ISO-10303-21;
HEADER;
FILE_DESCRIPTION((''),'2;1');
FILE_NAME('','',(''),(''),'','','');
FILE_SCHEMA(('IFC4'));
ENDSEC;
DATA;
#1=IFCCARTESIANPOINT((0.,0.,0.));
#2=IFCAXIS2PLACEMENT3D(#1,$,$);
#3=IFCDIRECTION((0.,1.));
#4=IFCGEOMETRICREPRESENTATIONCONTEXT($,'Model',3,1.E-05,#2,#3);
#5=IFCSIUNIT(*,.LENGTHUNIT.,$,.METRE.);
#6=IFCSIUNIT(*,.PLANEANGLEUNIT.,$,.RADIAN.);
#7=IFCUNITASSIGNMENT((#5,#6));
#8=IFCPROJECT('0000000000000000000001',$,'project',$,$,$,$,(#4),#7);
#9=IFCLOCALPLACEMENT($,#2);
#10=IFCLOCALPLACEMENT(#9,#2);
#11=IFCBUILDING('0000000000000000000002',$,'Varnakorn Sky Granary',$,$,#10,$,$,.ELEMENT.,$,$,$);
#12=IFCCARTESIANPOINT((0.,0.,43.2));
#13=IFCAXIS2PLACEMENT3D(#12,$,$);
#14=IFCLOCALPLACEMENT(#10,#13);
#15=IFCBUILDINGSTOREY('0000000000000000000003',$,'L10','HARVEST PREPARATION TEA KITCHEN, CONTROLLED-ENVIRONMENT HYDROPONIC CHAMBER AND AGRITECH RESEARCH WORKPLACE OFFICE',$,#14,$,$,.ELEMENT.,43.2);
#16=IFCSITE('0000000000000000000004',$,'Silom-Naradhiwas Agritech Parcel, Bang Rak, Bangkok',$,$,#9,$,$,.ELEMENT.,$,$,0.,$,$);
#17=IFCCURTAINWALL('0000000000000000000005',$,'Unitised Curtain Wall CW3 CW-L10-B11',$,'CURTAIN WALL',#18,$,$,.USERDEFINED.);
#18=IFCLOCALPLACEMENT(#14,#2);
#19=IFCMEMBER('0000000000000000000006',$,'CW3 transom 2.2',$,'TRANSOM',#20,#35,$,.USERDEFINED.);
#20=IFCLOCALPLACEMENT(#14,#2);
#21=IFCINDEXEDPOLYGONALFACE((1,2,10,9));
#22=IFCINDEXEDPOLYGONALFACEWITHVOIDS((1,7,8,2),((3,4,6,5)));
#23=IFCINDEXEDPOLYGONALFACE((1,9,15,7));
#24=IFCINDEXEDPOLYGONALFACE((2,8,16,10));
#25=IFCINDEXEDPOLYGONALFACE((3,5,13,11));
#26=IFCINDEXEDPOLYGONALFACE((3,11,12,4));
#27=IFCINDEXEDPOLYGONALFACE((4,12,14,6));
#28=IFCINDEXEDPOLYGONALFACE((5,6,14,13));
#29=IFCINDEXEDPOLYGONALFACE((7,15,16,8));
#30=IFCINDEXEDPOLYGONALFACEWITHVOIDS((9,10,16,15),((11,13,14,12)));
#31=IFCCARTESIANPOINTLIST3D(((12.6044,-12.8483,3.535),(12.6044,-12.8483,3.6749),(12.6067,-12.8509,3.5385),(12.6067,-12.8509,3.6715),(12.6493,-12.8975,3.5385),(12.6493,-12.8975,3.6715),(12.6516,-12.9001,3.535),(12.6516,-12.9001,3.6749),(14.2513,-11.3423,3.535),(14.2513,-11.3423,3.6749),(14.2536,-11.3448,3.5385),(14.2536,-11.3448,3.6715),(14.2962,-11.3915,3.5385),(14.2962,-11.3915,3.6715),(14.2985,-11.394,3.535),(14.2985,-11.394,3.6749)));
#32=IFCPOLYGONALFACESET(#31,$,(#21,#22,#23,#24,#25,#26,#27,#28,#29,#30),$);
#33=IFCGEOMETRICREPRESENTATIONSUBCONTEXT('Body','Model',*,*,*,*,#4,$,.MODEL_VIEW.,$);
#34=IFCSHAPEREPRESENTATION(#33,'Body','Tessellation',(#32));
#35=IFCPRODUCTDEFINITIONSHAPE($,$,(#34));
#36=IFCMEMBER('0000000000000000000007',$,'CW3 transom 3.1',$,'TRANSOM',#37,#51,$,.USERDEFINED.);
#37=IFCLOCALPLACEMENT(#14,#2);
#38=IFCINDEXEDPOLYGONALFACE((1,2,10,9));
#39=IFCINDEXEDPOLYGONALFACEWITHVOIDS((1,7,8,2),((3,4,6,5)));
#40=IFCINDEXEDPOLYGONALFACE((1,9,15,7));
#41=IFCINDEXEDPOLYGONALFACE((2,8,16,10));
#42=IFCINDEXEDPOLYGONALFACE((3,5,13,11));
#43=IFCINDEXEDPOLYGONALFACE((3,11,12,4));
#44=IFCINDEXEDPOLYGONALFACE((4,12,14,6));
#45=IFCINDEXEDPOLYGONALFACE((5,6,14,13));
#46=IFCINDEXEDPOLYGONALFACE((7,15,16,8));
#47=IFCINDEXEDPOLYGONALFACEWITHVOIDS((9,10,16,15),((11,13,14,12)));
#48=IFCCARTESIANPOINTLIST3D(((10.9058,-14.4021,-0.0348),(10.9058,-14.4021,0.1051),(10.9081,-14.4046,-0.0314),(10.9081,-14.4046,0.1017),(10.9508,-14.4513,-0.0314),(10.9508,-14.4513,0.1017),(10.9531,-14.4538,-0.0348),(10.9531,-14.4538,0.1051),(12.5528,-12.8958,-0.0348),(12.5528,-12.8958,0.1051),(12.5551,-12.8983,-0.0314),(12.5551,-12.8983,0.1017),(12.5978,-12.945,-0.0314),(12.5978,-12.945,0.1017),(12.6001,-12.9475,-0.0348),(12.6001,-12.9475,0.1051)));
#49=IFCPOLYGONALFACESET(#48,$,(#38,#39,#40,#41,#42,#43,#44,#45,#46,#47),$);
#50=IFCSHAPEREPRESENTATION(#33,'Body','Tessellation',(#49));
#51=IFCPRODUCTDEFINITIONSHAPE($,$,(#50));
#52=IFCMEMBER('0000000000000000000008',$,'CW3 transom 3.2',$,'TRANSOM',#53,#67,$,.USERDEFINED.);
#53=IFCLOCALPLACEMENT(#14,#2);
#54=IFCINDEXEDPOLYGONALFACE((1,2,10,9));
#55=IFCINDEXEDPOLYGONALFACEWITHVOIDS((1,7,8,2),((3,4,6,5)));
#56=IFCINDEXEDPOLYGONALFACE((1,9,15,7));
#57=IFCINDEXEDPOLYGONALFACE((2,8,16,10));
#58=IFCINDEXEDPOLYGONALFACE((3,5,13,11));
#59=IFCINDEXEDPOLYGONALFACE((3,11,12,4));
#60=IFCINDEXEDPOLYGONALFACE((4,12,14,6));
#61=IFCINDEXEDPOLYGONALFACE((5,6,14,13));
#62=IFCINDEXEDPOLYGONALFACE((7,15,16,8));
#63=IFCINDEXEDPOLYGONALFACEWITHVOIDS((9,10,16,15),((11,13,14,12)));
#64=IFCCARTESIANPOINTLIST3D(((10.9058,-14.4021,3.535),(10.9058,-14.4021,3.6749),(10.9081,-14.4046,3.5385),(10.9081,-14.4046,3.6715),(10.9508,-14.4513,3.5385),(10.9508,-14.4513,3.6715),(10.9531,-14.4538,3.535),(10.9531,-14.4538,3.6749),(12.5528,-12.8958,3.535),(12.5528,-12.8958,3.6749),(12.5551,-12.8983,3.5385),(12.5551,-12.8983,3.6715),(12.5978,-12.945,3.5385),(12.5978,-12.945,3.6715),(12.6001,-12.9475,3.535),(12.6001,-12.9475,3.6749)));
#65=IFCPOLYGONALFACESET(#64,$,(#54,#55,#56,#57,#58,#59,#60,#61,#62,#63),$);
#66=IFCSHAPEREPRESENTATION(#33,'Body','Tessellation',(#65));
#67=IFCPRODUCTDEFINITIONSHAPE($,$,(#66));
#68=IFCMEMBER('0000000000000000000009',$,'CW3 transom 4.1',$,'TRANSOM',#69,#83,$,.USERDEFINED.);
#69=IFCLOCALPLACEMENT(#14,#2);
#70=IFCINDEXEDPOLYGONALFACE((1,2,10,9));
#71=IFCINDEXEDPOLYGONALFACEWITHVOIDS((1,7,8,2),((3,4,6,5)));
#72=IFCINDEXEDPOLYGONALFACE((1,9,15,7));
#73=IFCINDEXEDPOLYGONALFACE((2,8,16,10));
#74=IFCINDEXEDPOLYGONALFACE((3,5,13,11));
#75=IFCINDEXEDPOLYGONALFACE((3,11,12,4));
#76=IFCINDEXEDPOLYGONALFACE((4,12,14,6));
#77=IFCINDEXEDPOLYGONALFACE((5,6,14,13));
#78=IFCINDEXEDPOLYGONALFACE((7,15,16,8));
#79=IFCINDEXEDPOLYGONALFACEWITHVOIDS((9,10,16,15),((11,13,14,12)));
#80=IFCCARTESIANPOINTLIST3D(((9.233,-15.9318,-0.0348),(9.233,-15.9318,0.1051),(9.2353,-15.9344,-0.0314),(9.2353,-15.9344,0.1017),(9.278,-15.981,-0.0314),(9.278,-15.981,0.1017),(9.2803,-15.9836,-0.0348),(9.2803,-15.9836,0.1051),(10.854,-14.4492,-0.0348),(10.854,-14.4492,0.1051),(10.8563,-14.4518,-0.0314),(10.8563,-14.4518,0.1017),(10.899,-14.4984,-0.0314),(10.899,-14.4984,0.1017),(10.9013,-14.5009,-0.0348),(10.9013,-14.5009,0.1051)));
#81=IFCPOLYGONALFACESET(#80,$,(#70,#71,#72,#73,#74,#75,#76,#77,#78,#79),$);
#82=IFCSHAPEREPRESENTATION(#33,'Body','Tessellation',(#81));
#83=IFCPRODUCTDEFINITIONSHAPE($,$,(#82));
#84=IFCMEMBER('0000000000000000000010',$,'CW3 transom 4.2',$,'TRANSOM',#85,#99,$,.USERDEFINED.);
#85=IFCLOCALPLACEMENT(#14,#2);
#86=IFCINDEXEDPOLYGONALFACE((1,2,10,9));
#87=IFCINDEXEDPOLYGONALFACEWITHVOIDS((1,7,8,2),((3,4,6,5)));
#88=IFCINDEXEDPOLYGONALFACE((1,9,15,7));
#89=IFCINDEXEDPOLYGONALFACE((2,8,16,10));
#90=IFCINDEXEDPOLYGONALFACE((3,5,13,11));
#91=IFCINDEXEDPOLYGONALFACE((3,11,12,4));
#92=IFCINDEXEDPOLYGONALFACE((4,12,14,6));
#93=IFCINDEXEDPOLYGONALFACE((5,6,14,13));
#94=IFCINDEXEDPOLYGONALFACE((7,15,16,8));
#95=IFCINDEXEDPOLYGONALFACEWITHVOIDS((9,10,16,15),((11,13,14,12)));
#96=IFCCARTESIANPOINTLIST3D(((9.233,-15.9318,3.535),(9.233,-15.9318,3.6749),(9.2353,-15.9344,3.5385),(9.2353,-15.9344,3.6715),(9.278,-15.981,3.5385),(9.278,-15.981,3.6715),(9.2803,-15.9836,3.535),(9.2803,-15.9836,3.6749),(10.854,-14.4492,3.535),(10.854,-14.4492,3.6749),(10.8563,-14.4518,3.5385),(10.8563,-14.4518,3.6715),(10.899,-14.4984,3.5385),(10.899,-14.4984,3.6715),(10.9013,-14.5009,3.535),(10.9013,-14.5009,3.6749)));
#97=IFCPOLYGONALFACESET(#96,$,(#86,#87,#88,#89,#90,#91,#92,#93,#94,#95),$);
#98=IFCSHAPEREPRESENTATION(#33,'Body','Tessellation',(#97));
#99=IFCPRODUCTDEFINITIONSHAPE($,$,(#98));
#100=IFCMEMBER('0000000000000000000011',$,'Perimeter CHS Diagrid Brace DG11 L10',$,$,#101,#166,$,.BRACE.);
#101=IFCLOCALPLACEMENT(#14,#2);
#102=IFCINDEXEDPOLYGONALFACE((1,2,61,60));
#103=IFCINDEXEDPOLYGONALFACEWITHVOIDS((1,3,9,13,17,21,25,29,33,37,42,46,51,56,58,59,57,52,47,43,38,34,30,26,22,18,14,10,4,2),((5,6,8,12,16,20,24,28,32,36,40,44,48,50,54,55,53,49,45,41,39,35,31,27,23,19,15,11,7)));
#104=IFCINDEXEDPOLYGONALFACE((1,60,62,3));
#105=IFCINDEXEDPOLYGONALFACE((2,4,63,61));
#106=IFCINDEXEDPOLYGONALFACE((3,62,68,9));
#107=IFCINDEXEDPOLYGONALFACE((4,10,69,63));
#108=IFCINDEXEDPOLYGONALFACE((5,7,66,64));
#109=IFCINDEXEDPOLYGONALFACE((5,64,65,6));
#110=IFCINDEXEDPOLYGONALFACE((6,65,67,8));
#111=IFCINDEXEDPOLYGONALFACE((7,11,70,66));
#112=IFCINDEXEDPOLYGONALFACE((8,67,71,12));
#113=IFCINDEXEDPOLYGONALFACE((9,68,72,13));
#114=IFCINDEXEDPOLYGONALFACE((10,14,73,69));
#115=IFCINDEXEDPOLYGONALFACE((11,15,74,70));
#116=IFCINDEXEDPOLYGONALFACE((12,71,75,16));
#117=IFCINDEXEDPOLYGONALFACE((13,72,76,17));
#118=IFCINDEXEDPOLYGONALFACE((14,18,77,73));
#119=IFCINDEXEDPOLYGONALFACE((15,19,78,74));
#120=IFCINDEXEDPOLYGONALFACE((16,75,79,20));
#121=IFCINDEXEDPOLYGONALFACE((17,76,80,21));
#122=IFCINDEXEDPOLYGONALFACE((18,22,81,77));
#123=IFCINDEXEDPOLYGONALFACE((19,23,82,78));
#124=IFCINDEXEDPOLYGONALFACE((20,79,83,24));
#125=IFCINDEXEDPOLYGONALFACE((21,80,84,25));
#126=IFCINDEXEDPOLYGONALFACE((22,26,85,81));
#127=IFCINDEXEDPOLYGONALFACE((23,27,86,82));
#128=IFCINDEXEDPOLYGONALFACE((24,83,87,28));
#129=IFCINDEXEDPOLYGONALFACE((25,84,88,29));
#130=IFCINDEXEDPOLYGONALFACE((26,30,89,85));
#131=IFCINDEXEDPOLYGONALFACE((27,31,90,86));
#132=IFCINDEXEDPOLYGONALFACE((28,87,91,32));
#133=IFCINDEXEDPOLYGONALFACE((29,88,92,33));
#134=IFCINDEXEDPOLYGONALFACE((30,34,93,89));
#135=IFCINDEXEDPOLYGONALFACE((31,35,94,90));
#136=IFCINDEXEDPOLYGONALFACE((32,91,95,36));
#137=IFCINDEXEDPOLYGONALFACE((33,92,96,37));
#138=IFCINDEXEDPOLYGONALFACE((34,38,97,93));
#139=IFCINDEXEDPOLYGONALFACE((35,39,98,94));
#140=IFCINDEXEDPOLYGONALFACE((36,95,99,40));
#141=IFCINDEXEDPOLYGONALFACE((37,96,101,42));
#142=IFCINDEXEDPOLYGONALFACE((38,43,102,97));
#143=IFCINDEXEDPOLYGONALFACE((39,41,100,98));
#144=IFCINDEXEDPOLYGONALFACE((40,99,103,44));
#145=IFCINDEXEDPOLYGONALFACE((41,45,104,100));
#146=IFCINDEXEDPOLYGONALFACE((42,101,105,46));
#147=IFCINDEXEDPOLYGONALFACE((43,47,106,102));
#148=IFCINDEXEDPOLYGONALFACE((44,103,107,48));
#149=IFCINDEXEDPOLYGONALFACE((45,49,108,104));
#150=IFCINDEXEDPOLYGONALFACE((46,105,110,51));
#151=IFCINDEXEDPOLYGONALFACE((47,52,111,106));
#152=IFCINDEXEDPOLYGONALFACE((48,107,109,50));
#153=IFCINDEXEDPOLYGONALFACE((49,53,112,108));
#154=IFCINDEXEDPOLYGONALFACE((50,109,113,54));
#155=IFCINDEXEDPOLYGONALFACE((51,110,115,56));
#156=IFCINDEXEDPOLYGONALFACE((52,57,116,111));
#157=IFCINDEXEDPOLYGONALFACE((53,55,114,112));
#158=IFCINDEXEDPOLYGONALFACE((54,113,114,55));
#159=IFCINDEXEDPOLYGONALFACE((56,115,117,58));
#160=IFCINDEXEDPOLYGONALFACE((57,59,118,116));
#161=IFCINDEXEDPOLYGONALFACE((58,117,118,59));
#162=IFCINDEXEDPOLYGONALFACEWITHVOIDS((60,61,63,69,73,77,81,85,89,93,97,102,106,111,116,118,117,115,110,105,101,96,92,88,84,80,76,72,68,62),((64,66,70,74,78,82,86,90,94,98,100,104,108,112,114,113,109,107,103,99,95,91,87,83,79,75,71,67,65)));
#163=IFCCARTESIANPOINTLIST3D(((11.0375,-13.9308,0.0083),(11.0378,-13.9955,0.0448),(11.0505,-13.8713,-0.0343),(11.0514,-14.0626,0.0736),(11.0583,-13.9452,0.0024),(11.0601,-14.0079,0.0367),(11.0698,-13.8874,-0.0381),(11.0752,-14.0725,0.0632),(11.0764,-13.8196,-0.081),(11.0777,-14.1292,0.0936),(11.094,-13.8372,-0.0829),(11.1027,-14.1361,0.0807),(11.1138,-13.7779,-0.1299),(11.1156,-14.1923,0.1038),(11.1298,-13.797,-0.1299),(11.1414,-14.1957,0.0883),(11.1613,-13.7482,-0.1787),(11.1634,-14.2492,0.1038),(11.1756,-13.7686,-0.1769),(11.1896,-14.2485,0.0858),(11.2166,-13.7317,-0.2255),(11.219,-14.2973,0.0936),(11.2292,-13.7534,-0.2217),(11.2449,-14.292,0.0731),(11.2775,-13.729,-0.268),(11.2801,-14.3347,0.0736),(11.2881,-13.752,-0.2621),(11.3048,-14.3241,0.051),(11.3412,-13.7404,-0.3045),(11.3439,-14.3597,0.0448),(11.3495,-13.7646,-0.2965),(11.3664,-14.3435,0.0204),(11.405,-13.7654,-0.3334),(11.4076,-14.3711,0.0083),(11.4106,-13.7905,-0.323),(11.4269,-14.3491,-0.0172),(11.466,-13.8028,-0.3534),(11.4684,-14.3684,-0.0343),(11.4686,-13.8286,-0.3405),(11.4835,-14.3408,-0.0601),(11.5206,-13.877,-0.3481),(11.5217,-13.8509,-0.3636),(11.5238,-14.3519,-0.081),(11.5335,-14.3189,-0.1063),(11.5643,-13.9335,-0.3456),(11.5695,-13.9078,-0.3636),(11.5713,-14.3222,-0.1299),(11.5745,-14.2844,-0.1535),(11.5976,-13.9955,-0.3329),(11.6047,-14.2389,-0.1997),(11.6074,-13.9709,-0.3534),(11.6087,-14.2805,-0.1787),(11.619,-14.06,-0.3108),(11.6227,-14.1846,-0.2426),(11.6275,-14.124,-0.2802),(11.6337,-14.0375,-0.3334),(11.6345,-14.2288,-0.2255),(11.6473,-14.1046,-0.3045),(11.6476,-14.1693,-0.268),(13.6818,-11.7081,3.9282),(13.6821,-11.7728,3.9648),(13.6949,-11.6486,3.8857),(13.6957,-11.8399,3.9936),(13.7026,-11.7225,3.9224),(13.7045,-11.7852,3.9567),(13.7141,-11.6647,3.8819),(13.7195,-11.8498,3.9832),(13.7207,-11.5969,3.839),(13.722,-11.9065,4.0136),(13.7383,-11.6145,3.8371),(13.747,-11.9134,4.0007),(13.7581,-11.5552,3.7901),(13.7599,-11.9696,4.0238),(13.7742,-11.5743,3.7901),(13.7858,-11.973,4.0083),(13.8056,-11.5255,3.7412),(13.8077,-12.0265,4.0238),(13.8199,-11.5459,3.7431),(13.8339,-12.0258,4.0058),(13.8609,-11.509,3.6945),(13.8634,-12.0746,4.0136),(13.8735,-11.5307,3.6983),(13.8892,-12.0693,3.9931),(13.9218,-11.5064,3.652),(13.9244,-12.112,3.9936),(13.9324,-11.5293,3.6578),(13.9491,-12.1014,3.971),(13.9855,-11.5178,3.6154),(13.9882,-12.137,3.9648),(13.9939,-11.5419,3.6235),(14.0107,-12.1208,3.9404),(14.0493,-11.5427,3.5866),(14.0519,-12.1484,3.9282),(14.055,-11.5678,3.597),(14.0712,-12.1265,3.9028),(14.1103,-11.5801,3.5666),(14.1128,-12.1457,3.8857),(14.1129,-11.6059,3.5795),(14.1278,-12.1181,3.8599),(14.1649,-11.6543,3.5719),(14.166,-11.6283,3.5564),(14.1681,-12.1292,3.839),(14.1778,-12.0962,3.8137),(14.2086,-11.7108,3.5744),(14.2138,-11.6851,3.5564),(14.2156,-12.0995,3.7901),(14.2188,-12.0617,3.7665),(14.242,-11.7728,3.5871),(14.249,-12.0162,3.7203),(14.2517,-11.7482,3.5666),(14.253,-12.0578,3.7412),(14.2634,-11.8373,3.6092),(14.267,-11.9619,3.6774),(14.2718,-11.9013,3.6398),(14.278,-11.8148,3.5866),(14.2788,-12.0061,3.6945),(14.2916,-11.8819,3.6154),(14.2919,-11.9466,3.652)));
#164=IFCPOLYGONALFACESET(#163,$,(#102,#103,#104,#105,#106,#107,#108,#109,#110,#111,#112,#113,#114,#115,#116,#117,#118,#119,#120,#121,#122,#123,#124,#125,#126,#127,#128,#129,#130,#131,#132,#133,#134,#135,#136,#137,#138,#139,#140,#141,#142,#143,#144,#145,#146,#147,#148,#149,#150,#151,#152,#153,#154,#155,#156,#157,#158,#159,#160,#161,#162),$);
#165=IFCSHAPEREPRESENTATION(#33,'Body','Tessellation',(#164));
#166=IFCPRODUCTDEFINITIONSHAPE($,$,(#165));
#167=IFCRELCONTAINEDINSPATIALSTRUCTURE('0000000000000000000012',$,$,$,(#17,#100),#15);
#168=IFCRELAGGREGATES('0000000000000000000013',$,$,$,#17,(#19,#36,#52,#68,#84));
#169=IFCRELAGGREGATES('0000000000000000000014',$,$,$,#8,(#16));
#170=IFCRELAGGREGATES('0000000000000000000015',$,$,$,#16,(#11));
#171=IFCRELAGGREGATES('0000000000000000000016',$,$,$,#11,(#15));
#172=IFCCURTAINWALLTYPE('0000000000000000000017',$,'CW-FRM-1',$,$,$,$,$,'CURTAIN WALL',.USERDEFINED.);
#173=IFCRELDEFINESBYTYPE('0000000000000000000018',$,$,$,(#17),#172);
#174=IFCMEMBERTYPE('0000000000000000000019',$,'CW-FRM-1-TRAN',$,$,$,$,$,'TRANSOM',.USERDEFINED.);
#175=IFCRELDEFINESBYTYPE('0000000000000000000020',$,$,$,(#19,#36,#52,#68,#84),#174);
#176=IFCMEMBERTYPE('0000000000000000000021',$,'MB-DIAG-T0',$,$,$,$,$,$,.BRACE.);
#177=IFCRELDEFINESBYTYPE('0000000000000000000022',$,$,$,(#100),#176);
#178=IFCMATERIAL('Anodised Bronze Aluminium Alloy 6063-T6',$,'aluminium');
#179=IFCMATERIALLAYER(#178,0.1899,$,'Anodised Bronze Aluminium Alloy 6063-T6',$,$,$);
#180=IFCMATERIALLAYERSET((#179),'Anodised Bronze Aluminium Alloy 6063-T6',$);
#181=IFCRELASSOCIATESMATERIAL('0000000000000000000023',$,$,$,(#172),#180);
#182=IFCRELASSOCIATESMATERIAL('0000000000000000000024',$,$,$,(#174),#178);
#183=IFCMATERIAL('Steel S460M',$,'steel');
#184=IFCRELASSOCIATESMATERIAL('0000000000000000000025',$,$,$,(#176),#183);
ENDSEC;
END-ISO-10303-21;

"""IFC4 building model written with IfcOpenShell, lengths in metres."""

from ifc_helpers import new_model, si_unit, direction, frame, origin, origin_2d, place, context, subcontext, project, spatial, hollow_rectangle, hollow_circle, extrude, material, layer, layer_set, material_profile, profile_set, type_object, element, aggregate, save


model = new_model("IFC4")

# Units and contexts
model_context = context("Model", 3, precision=1e-05, world=origin(), true_north=direction((0.0, 1.0)))
body_context = subcontext(model_context, "Body", "Model", "MODEL_VIEW")
ifc_project = project(units=[si_unit("LENGTHUNIT", "METRE"), si_unit("PLANEANGLEUNIT", "RADIAN")], contexts=[model_context])

# Site, building, storey
site_placement = place(None, origin())
site = spatial("IfcSite", under=ifc_project, at=site_placement, Name="Silom-Naradhiwas Agritech Parcel, Bang Rak, Bangkok", CompositionType="ELEMENT", RefElevation=0.0)
building_placement = place(site_placement, origin())
building = spatial("IfcBuilding", under=site, at=building_placement, Name="Varnakorn Sky Granary", CompositionType="ELEMENT")
storey_placement = place(building_placement, frame((0.0, 0.0, 43.2)))
storey = spatial("IfcBuildingStorey", under=building, at=storey_placement, Name="L10", Description="HARVEST PREPARATION TEA KITCHEN, CONTROLLED-ENVIRONMENT HYDROPONIC CHAMBER AND AGRITECH RESEARCH WORKPLACE OFFICE", CompositionType="ELEMENT", Elevation=43.2)

# Shared definitions
ifc_material_1 = material(Name="Steel S460M", Category="steel")

# Curtain wall, members
ifc_material_2 = material(Name="Anodised Bronze Aluminium Alloy 6063-T6", Category="aluminium")
ifc_layer_1 = layer(ifc_material_2, 0.1899, Name="Anodised Bronze Aluminium Alloy 6063-T6")
ifc_layer_set_1 = layer_set([ifc_layer_1], Name="Anodised Bronze Aluminium Alloy 6063-T6")
curtain_wall_type = type_object("IfcCurtainWallType", Name="CW-FRM-1", ElementType="CURTAIN WALL", PredefinedType="USERDEFINED", material=ifc_layer_set_1)
curtain_wall_placement = place(storey_placement, origin())
curtain_wall = element("IfcCurtainWall", 1, at=curtain_wall_placement, inside=storey, type_object=curtain_wall_type, Name="Unitised Curtain Wall CW3 CW-L10-B11", ObjectType="CURTAIN WALL", PredefinedType="USERDEFINED")
ifc_material_profile_1 = material_profile(ifc_material_2, hollow_rectangle(XDim=0.0701, YDim=0.1399, WallThickness=0.0034, at=origin_2d()), Name="ALU TRAN 70x140")
ifc_profile_set_1 = profile_set([ifc_material_profile_1], Name="Anodised Bronze Aluminium Alloy 6063-T6")
member_type_1 = type_object("IfcMemberType", Name="CW-FRM-1-TRAN", ElementType="TRANSOM", PredefinedType="USERDEFINED", material=ifc_profile_set_1)
member_1_placement = place(storey_placement, frame((14.2749, -11.3682, 3.605), z_axis=(-0.737962, -0.674842, 0.0), x_axis=(0.674842, -0.737962, 0.0)))
member_1 = element("IfcMember", 2, at=member_1_placement, type_object=member_type_1, Name="CW3 transom 2.2", ObjectType="TRANSOM", PredefinedType="USERDEFINED", context=body_context, shape_type="SweptSolid", body=[
    extrude(hollow_rectangle(XDim=0.0701, YDim=0.1399, WallThickness=0.0034, at=origin_2d()), origin(), (0.0, 0.0, 1.0), 2.2317),
])
member_2_placement = place(storey_placement, frame((12.5764, -12.9216, 0.0352), z_axis=(-0.737907, -0.674902, 0.0), x_axis=(0.674902, -0.737907, 0.0)))
member_2 = element("IfcMember", 3, at=member_2_placement, type_object=member_type_1, Name="CW3 transom 3.1", ObjectType="TRANSOM", PredefinedType="USERDEFINED", context=body_context, shape_type="SweptSolid", body=[
    extrude(hollow_rectangle(XDim=0.0701, YDim=0.1399, WallThickness=0.0034, at=origin_2d()), origin(), (0.0, 0.0, 1.0), 2.2319),
])
member_3_placement = place(storey_placement, frame((12.5764, -12.9216, 3.605), z_axis=(-0.737907, -0.674902, 0.0), x_axis=(0.674902, -0.737907, 0.0)))
member_3 = element("IfcMember", 4, at=member_3_placement, type_object=member_type_1, Name="CW3 transom 3.2", ObjectType="TRANSOM", PredefinedType="USERDEFINED", context=body_context, shape_type="SweptSolid", body=[
    extrude(hollow_rectangle(XDim=0.0701, YDim=0.1399, WallThickness=0.0034, at=origin_2d()), origin(), (0.0, 0.0, 1.0), 2.2319),
])
member_4_placement = place(storey_placement, frame((10.8777, -14.4751, 0.0352), z_axis=(-0.73791, -0.674899, 0.0), x_axis=(0.674899, -0.73791, 0.0)))
member_4 = element("IfcMember", 5, at=member_4_placement, type_object=member_type_1, Name="CW3 transom 4.1", ObjectType="TRANSOM", PredefinedType="USERDEFINED", context=body_context, shape_type="SweptSolid", body=[
    extrude(hollow_rectangle(XDim=0.0701, YDim=0.1399, WallThickness=0.0034, at=origin_2d()), origin(), (0.0, 0.0, 1.0), 2.1968),
])
member_5_placement = place(storey_placement, frame((10.8777, -14.4751, 3.605), z_axis=(-0.73791, -0.674899, 0.0), x_axis=(0.674899, -0.73791, 0.0)))
member_5 = element("IfcMember", 6, at=member_5_placement, type_object=member_type_1, Name="CW3 transom 4.2", ObjectType="TRANSOM", PredefinedType="USERDEFINED", context=body_context, shape_type="SweptSolid", body=[
    extrude(hollow_rectangle(XDim=0.0701, YDim=0.1399, WallThickness=0.0034, at=origin_2d()), origin(), (0.0, 0.0, 1.0), 2.1968),
])

# Member
ifc_material_profile_2 = material_profile(ifc_material_1, hollow_circle(Radius=0.3555, WallThickness=0.0249, at=origin_2d()), Name="CHS 711x25")
ifc_profile_set_2 = profile_set([ifc_material_profile_2], Name="Steel S460M")
member_type_2 = type_object("IfcMemberType", Name="MB-DIAG-T0", PredefinedType="BRACE", material=ifc_profile_set_2)
member_6_placement = place(storey_placement, frame((11.3425, -14.05, -0.1299), z_axis=(0.506106, 0.425407, 0.750257), x_axis=(-0.643439, 0.765497, 0.0)))
element("IfcMember", 7, at=member_6_placement, inside=storey, type_object=member_type_2, Name="Perimeter CHS Diagrid Brace DG11 L10", PredefinedType="BRACE", context=body_context, shape_type="SweptSolid", body=[
    extrude(hollow_circle(Radius=0.3555, WallThickness=0.0249, at=origin_2d()), origin(), (0.0, 0.0, 1.0), 5.2249),
])

aggregate(curtain_wall, [member_1, member_2, member_3, member_4, member_5])

save(model, "model.ifc")
